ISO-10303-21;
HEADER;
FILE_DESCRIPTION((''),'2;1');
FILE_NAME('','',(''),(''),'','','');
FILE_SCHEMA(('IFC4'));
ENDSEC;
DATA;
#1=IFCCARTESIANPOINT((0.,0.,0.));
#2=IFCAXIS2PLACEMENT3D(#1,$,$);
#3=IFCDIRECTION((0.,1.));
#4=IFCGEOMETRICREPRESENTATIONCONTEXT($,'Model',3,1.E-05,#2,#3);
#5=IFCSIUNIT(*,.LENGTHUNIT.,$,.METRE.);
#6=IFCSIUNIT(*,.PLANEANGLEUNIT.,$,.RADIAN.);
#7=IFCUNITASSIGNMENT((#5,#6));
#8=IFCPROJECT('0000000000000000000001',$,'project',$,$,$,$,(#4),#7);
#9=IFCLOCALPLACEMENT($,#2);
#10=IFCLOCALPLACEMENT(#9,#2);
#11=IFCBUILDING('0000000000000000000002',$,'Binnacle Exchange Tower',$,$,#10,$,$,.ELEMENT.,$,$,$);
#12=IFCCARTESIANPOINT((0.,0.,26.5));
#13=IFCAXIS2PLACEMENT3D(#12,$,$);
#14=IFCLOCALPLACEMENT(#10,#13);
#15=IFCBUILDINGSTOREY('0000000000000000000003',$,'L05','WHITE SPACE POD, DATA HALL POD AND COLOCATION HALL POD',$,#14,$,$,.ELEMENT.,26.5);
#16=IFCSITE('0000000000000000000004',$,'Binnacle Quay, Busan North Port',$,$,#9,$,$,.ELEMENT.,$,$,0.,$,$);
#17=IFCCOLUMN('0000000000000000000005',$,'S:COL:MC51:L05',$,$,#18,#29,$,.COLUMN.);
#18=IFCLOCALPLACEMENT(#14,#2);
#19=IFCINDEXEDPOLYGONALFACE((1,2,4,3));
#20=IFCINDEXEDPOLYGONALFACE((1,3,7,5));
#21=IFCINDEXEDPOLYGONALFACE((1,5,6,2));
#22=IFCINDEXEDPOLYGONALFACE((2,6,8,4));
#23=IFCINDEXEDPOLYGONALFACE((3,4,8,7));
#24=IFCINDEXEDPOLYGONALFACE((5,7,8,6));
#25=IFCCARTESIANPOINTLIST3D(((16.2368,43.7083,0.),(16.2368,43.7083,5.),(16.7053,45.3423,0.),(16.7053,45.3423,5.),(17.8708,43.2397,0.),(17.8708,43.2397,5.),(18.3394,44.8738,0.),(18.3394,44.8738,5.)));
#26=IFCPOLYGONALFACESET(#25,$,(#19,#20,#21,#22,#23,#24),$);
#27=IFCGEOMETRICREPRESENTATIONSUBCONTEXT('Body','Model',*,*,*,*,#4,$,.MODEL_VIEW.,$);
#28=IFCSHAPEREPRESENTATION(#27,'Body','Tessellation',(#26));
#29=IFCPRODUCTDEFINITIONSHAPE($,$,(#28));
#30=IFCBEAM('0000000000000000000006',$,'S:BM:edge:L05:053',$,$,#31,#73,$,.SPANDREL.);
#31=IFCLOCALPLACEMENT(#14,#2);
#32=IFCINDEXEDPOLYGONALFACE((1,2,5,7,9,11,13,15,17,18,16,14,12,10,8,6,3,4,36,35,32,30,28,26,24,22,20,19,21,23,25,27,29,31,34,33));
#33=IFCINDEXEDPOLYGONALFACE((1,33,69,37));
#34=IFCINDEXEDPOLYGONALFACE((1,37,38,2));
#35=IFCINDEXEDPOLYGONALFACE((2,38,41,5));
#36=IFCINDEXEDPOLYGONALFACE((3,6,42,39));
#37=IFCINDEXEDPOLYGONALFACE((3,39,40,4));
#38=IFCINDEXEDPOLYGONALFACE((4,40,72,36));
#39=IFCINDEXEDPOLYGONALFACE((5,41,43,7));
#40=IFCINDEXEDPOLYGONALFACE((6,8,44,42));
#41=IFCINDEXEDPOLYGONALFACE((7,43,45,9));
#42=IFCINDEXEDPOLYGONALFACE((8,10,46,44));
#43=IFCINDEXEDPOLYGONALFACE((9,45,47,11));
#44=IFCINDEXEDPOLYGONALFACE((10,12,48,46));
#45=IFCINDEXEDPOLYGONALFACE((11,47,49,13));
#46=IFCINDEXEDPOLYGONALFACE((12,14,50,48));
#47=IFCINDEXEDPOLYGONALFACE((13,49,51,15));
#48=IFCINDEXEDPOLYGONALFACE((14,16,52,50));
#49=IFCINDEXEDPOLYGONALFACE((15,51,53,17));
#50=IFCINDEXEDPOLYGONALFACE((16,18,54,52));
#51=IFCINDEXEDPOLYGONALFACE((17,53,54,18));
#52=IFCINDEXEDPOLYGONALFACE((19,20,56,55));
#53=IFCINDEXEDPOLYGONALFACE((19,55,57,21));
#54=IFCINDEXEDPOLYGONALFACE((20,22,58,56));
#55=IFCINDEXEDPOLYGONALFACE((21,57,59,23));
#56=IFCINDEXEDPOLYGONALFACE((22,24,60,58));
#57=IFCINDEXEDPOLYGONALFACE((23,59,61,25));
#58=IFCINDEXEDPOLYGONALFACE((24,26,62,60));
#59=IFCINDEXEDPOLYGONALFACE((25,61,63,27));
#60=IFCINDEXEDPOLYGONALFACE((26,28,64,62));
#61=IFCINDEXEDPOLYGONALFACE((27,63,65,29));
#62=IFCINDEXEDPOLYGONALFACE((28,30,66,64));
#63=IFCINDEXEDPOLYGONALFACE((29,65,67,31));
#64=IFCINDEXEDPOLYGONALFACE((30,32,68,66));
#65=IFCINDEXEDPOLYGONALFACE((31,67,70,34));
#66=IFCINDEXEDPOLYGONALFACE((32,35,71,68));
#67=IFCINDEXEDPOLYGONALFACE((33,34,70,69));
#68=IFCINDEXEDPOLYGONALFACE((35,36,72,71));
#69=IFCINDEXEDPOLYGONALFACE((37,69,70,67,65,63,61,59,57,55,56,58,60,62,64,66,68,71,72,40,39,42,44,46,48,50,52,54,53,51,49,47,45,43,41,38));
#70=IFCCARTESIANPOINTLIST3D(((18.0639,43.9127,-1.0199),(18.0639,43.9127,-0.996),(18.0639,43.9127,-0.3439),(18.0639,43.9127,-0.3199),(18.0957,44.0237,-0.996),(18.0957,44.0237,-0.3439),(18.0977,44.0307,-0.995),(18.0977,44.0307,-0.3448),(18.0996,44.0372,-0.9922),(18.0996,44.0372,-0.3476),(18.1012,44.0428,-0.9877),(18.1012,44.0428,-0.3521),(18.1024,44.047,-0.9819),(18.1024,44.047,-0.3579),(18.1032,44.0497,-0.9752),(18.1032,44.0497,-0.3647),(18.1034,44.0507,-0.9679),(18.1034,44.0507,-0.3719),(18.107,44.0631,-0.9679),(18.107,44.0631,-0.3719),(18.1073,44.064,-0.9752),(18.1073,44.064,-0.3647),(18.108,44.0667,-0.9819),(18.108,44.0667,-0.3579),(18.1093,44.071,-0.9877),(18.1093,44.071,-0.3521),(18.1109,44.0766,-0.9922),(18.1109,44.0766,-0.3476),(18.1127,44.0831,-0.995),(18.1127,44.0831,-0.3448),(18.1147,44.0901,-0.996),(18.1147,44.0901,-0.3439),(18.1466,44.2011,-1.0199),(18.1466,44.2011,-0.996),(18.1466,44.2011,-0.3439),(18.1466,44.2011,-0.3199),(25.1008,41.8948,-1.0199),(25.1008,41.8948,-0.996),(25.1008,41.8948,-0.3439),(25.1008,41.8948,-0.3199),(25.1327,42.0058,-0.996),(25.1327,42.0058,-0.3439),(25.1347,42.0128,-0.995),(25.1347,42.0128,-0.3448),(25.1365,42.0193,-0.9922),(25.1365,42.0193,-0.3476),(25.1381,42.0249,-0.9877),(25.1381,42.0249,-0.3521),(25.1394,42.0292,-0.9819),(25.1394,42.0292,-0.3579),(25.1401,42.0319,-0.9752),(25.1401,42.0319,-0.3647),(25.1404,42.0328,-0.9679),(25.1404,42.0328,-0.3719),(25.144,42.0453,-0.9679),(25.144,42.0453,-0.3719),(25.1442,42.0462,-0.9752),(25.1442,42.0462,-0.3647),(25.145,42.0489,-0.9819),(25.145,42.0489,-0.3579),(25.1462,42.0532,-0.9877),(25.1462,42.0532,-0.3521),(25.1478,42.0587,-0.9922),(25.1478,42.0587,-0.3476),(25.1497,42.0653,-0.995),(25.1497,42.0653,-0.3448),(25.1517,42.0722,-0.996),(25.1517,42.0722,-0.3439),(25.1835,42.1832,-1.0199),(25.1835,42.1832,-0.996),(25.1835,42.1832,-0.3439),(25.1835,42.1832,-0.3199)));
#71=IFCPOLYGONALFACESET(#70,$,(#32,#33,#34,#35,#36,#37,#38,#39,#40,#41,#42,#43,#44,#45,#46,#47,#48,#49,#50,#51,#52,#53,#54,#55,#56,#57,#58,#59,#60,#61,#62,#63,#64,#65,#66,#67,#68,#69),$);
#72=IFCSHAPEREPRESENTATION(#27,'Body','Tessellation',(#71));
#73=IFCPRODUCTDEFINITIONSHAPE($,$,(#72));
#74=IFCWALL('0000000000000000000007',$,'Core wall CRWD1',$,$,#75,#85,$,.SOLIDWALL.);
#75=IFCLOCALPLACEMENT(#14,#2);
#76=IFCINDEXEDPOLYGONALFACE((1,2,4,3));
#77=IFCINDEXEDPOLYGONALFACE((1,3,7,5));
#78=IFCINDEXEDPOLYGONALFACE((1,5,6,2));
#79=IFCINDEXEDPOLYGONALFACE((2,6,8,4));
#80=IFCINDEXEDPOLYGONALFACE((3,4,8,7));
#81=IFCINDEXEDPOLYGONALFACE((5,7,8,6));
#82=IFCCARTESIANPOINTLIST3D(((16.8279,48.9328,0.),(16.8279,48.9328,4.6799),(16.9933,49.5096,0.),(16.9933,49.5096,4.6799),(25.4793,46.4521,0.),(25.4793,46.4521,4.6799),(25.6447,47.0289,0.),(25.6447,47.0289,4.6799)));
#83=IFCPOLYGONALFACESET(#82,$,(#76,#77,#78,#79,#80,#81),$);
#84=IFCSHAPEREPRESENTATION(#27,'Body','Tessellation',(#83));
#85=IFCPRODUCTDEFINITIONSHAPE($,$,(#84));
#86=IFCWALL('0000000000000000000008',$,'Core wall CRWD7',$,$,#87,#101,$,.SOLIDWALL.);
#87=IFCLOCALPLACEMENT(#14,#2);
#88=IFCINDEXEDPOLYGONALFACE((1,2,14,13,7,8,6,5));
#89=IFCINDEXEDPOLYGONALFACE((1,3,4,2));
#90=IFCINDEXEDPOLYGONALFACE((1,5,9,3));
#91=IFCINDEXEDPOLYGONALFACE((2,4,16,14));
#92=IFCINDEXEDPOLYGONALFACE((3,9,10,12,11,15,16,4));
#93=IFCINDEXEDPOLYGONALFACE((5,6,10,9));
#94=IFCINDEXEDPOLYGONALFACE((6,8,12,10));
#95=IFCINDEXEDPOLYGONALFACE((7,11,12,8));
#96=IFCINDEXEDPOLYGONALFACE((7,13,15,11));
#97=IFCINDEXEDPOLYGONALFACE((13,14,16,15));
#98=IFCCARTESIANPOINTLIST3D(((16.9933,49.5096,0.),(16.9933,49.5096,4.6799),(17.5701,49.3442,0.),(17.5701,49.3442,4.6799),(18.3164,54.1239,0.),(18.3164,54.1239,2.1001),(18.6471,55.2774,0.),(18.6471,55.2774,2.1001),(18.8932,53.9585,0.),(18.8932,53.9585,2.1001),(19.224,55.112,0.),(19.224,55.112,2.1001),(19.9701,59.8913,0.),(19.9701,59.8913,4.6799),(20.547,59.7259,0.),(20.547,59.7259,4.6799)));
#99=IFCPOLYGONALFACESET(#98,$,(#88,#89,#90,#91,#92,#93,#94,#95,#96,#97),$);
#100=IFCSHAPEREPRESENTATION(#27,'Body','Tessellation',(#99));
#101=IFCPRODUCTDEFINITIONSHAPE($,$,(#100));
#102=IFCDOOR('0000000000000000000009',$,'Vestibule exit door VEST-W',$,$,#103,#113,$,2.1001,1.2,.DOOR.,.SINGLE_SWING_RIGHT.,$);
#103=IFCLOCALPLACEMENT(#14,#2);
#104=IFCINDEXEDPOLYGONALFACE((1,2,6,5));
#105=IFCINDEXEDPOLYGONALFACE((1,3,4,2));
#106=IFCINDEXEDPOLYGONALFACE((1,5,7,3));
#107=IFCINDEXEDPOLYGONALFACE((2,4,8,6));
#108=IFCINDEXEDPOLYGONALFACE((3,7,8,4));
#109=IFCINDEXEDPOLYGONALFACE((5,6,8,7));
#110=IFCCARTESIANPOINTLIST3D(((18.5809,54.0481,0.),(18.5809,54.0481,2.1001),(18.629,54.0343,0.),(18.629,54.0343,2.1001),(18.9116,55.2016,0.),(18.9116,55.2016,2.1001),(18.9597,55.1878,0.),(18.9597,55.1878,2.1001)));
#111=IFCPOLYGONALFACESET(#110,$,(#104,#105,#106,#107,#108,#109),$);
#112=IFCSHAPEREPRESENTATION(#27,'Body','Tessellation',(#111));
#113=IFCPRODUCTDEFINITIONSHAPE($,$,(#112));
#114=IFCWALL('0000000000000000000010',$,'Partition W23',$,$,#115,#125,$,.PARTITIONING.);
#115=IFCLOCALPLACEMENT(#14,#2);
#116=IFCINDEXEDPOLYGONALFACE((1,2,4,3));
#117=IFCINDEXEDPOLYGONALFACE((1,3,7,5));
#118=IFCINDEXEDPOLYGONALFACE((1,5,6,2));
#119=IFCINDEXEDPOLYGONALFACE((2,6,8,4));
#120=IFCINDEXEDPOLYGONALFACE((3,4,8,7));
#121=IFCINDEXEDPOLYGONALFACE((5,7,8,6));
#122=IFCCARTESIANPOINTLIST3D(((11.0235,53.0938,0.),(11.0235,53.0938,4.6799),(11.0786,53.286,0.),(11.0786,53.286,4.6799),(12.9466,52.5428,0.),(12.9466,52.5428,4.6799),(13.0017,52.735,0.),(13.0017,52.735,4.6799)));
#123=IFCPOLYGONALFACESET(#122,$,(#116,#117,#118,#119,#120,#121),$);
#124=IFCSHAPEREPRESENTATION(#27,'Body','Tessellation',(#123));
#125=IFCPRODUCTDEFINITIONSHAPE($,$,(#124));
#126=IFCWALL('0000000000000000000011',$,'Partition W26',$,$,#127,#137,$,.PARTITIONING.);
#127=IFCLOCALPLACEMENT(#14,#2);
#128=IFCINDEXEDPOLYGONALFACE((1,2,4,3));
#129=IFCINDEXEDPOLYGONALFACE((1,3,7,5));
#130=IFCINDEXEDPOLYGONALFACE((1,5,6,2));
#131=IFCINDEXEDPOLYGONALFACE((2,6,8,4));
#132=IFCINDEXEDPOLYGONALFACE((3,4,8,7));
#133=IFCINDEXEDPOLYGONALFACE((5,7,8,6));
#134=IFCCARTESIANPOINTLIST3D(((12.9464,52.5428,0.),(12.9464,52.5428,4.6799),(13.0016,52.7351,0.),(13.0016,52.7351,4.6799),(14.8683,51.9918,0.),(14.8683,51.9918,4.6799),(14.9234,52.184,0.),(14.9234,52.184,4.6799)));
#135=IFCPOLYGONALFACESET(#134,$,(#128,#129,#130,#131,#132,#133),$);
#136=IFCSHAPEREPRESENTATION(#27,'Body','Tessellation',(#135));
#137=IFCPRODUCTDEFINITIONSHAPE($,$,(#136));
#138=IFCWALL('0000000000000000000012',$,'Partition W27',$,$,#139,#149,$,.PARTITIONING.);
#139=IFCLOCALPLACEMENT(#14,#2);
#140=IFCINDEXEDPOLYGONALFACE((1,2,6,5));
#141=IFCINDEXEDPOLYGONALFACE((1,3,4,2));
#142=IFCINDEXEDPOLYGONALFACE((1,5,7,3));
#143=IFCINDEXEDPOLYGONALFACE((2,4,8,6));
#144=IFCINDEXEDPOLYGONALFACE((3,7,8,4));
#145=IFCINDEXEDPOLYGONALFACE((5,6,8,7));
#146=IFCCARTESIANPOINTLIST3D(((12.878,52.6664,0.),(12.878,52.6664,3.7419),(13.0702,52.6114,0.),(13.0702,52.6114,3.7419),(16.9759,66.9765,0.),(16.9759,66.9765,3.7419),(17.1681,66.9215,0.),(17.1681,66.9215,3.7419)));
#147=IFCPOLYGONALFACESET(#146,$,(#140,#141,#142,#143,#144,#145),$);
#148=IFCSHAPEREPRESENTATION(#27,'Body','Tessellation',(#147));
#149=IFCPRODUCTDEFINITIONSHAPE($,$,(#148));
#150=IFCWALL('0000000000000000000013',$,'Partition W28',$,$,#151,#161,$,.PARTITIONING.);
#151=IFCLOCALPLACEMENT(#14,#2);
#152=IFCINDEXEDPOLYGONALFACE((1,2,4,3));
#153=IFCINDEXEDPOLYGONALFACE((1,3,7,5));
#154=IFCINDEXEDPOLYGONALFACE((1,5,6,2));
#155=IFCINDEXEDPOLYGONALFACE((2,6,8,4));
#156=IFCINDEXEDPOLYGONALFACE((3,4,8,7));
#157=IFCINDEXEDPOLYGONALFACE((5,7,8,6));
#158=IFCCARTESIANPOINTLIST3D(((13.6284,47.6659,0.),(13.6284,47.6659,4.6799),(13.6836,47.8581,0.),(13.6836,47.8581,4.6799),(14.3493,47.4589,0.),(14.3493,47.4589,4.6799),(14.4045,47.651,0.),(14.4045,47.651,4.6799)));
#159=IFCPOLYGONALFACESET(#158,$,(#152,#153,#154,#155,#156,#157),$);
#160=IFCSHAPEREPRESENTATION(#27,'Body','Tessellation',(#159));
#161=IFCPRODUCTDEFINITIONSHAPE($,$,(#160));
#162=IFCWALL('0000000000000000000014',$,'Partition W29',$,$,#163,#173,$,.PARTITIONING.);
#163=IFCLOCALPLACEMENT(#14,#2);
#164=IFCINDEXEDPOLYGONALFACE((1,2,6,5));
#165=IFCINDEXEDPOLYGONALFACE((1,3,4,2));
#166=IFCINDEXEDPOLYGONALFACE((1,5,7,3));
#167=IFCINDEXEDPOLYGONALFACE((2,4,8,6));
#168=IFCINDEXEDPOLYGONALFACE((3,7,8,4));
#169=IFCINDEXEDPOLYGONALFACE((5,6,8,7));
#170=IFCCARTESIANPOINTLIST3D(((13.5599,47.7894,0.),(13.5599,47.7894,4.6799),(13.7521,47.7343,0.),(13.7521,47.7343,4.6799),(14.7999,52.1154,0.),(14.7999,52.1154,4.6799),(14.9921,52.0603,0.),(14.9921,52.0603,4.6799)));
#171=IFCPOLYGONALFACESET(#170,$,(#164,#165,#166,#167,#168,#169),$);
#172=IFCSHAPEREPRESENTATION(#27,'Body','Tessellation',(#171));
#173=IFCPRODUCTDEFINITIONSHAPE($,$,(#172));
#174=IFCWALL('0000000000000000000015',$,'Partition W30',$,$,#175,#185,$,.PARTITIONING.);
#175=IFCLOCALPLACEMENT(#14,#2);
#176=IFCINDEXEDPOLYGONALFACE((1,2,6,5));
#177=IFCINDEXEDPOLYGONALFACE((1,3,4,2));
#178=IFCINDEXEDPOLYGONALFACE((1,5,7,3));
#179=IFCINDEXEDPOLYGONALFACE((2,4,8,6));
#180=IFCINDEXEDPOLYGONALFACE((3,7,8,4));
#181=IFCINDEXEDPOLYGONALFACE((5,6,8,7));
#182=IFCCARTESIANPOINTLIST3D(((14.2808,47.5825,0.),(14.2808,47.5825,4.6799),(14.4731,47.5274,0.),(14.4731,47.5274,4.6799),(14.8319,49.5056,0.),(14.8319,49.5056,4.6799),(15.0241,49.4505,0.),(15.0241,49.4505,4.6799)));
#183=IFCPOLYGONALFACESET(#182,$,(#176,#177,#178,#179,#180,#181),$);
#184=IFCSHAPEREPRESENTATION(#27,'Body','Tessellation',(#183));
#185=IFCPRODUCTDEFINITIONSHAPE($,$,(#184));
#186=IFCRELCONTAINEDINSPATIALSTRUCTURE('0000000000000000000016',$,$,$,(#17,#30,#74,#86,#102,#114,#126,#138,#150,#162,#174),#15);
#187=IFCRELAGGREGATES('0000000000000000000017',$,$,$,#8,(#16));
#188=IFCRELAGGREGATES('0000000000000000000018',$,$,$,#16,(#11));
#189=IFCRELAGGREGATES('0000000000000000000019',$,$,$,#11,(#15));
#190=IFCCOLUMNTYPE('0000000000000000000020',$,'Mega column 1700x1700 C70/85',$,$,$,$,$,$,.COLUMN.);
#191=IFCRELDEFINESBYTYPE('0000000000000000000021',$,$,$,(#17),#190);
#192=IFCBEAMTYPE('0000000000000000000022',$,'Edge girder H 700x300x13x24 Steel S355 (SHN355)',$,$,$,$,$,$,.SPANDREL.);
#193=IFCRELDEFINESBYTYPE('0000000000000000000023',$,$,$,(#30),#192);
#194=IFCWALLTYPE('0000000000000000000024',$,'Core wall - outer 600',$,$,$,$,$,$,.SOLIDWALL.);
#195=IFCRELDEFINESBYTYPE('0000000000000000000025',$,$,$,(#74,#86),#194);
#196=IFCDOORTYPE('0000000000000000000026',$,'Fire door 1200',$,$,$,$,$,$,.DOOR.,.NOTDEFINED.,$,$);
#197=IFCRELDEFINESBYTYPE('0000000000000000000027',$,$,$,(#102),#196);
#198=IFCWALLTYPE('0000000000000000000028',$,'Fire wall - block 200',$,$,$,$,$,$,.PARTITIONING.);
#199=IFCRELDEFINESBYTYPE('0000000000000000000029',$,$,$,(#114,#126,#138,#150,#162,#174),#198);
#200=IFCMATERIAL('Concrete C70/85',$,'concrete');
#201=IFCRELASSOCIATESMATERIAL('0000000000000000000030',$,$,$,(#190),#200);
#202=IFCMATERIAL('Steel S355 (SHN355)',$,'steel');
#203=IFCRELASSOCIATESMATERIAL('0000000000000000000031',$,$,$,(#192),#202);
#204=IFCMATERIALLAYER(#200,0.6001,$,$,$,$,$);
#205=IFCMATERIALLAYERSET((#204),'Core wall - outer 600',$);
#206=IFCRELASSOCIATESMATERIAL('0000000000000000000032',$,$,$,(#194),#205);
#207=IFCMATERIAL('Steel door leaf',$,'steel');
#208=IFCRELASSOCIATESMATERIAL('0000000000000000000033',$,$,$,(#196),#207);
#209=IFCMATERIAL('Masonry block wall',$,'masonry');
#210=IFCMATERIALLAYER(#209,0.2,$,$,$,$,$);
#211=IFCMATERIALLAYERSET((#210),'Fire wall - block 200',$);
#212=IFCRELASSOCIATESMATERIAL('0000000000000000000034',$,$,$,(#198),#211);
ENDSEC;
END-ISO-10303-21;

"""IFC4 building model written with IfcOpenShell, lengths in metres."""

from ifc_helpers import new_model, si_unit, direction, frame, frame_2d, origin, origin_2d, place, context, subcontext, project, spatial, rectangle, i_section, extrude, material, layer, layer_set, material_profile, profile_set, type_object, element, fill, save


model = new_model("IFC4")

# Units and contexts
model_context = context("Model", 3, precision=1e-05, world=origin(), true_north=direction((0.0, 1.0)))
body_context = subcontext(model_context, "Body", "Model", "MODEL_VIEW")
ifc_project = project(units=[si_unit("LENGTHUNIT", "METRE"), si_unit("PLANEANGLEUNIT", "RADIAN")], contexts=[model_context])

# Site, building, storey
site_placement = place(None, origin())
site = spatial("IfcSite", under=ifc_project, at=site_placement, Name="Binnacle Quay, Busan North Port", CompositionType="ELEMENT", RefElevation=0.0)
building_placement = place(site_placement, origin())
building = spatial("IfcBuilding", under=site, at=building_placement, Name="Binnacle Exchange Tower", CompositionType="ELEMENT")
storey_placement = place(building_placement, frame((0.0, 0.0, 26.5)))
storey = spatial("IfcBuildingStorey", under=building, at=storey_placement, Name="L05", Description="WHITE SPACE POD, DATA HALL POD AND COLOCATION HALL POD", CompositionType="ELEMENT", Elevation=26.5)

# Column
ifc_material_1 = material(Name="Concrete C70/85", Category="concrete")
ifc_material_profile_1 = material_profile(ifc_material_1, rectangle(XDim=1.7, YDim=1.7, at=origin_2d()), Name="Mega column 1700x1700 C70/85")
ifc_profile_set_1 = profile_set([ifc_material_profile_1], Name="Concrete C70/85")
column_type = type_object("IfcColumnType", Name="Mega column 1700x1700 C70/85", PredefinedType="COLUMN", material=ifc_profile_set_1)
column_placement = place(storey_placement, frame((17.2881, 44.291, 0.0), z_axis=(0.0, 0.0, 1.0), x_axis=(0.961262, -0.275637, 0.0)))
element("IfcColumn", 1, at=column_placement, inside=storey, type_object=column_type, Name="S:COL:MC51:L05", PredefinedType="COLUMN", context=body_context, shape_type="SweptSolid", body=[
    extrude(rectangle(XDim=1.7, YDim=1.7, at=origin_2d()), origin(), (0.0, 0.0, 1.0), 5.0),
])

# Beam
ifc_material_2 = material(Name="Steel S355 (SHN355)", Category="steel")
ifc_material_profile_2 = material_profile(ifc_material_2, i_section(OverallWidth=0.3, OverallDepth=0.7, WebThickness=0.0129, FlangeThickness=0.0239, FilletRadius=0.0281, at=origin_2d()), Name="H 700x300x13x24")
ifc_profile_set_2 = profile_set([ifc_material_profile_2], Name="Steel S355 (SHN355)")
beam_type = type_object("IfcBeamType", Name="Edge girder H 700x300x13x24 Steel S355 (SHN355)", PredefinedType="SPANDREL", material=ifc_profile_set_2)
beam_placement = place(storey_placement, frame((18.1052, 44.0569, -0.6699), z_axis=(0.96126, -0.275642, 0.0), x_axis=(0.275642, 0.96126, 0.0)))
element("IfcBeam", 2, at=beam_placement, inside=storey, type_object=beam_type, Name="S:BM:edge:L05:053", PredefinedType="SPANDREL", context=body_context, shape_type="SweptSolid", body=[
    extrude(i_section(OverallWidth=0.3, OverallDepth=0.7, WebThickness=0.0129, FlangeThickness=0.0239, FilletRadius=0.0281, at=origin_2d()), origin(), (0.0, 0.0, 1.0), 7.3206),
])

# Wall
ifc_layer_1 = layer(ifc_material_1, 0.6001)
ifc_layer_set_1 = layer_set([ifc_layer_1], Name="Core wall - outer 600")
wall_type_1 = type_object("IfcWallType", Name="Core wall - outer 600", PredefinedType="SOLIDWALL", material=ifc_layer_set_1)
wall_1_placement = place(storey_placement, frame((16.9106, 49.2212, 0.0), z_axis=(0.0, 0.0, 1.0), x_axis=(0.961262, -0.275635, 0.0)))
element("IfcWall", 3, at=wall_1_placement, inside=storey, type_object=wall_type_1, Name="Core wall CRWD1", PredefinedType="SOLIDWALL", context=body_context, shape_type="SweptSolid", body=[
    extrude(rectangle(XDim=9.0, YDim=0.6001, at=frame_2d((4.5, 0.0))), origin(), (0.0, 0.0, 1.0), 4.6799),
])

# Wall, opening, door
wall_2_placement = place(storey_placement, frame((17.2817, 49.427, 0.0), z_axis=(0.0, 0.0, 1.0), x_axis=(0.275632, 0.961263, 0.0)))
wall_2 = element("IfcWall", 4, at=wall_2_placement, inside=storey, type_object=wall_type_1, Name="Core wall CRWD7", PredefinedType="SOLIDWALL", context=body_context, shape_type="SweptSolid", body=[
    extrude(rectangle(XDim=10.8, YDim=0.6001, at=frame_2d((5.3999, 0.0))), origin(), (0.0, 0.0, 1.0), 4.6799),
])
opening_1_placement = place(wall_2_placement, frame((4.8, 0.0, 0.0)))
opening_1 = element("IfcOpeningElement", 5, at=opening_1_placement, cuts=wall_2, PredefinedType="OPENING", context=body_context, shape_type="SweptSolid", body=[
    extrude(rectangle(XDim=1.2, YDim=2.1001, at=frame_2d((0.6001, 1.05))), frame((0.0, 0.3101, 0.0), z_axis=(0.0, -1.0, 0.0), x_axis=(1.0, 0.0, 0.0)), (0.0, 0.0, 1.0), 0.6201),
])
ifc_material_3 = material(Name="Steel door leaf", Category="steel")
door_type_1 = type_object("IfcDoorType", Name="Fire door 1200", OperationType="NOTDEFINED", PredefinedType="DOOR", material=ifc_material_3)
door_1_placement = place(opening_1_placement, origin())
door_1 = element("IfcDoor", 6, at=door_1_placement, inside=storey, type_object=door_type_1, Name="Vestibule exit door VEST-W", OperationType="SINGLE_SWING_RIGHT", OverallHeight=2.1001, OverallWidth=1.2, PredefinedType="DOOR", context=body_context, shape_type="SweptSolid", body=[
    extrude(rectangle(XDim=1.2, YDim=2.1001, at=frame_2d((0.6001, 1.05))), frame((0.0, 0.0249, 0.0), z_axis=(0.0, -1.0, 0.0), x_axis=(1.0, 0.0, 0.0)), (0.0, 0.0, 1.0), 0.05),
])
fill(opening_1, door_1)

# Walls
ifc_material_4 = material(Name="Masonry block wall", Category="masonry")
ifc_layer_2 = layer(ifc_material_4, 0.2)
ifc_layer_set_2 = layer_set([ifc_layer_2], Name="Fire wall - block 200")
wall_type_2 = type_object("IfcWallType", Name="Fire wall - block 200", PredefinedType="PARTITIONING", material=ifc_layer_set_2)
wall_3_placement = place(storey_placement, frame((11.051, 53.1899, 0.0), z_axis=(0.0, 0.0, 1.0), x_axis=(0.961316, -0.275446, 0.0)))
element("IfcWall", 7, at=wall_3_placement, inside=storey, type_object=wall_type_2, Name="Partition W23", PredefinedType="PARTITIONING", context=body_context, shape_type="SweptSolid", body=[
    extrude(rectangle(XDim=2.0005, YDim=0.2, at=frame_2d((1.0002, 0.0))), origin(), (0.0, 0.0, 1.0), 4.6799),
])
wall_4_placement = place(storey_placement, frame((12.9741, 52.6389, 0.0), z_axis=(0.0, 0.0, 1.0), x_axis=(0.96127, -0.275608, 0.0)))
element("IfcWall", 8, at=wall_4_placement, inside=storey, type_object=wall_type_2, Name="Partition W26", PredefinedType="PARTITIONING", context=body_context, shape_type="SweptSolid", body=[
    extrude(rectangle(XDim=1.9993, YDim=0.2, at=frame_2d((0.9995, 0.0))), origin(), (0.0, 0.0, 1.0), 4.6799),
])
wall_5_placement = place(storey_placement, frame((12.9741, 52.6389, 0.0), z_axis=(0.0, 0.0, 1.0), x_axis=(0.275299, 0.961359, 0.0)))
element("IfcWall", 9, at=wall_5_placement, inside=storey, type_object=wall_type_2, Name="Partition W27", PredefinedType="PARTITIONING", context=body_context, shape_type="SweptSolid", body=[
    extrude(rectangle(XDim=14.8853, YDim=0.2, at=frame_2d((7.4426, 0.0))), origin(), (0.0, 0.0, 1.0), 3.7419),
])
wall_6_placement = place(storey_placement, frame((13.656, 47.762, 0.0), z_axis=(0.0, 0.0, 1.0), x_axis=(0.961155, -0.276011, 0.0)))
element("IfcWall", 10, at=wall_6_placement, inside=storey, type_object=wall_type_2, Name="Partition W28", PredefinedType="PARTITIONING", context=body_context, shape_type="SweptSolid", body=[
    extrude(rectangle(XDim=0.75, YDim=0.2, at=frame_2d((0.375, 0.0))), origin(), (0.0, 0.0, 1.0), 4.6799),
])
wall_7_placement = place(storey_placement, frame((13.656, 47.762, 0.0), z_axis=(0.0, 0.0, 1.0), x_axis=(0.275545, 0.961288, 0.0)))
element("IfcWall", 11, at=wall_7_placement, inside=storey, type_object=wall_type_2, Name="Partition W29", PredefinedType="PARTITIONING", context=body_context, shape_type="SweptSolid", body=[
    extrude(rectangle(XDim=4.5002, YDim=0.2, at=frame_2d((2.25, 0.0))), origin(), (0.0, 0.0, 1.0), 4.6799),
])
wall_8_placement = place(storey_placement, frame((14.377, 47.5549, 0.0), z_axis=(0.0, 0.0, 1.0), x_axis=(0.275446, 0.961316, 0.0)))
element("IfcWall", 12, at=wall_8_placement, inside=storey, type_object=wall_type_2, Name="Partition W30", PredefinedType="PARTITIONING", context=body_context, shape_type="SweptSolid", body=[
    extrude(rectangle(XDim=2.0005, YDim=0.2, at=frame_2d((1.0002, 0.0))), origin(), (0.0, 0.0, 1.0), 4.6799),
])

save(model, "model.ifc")
